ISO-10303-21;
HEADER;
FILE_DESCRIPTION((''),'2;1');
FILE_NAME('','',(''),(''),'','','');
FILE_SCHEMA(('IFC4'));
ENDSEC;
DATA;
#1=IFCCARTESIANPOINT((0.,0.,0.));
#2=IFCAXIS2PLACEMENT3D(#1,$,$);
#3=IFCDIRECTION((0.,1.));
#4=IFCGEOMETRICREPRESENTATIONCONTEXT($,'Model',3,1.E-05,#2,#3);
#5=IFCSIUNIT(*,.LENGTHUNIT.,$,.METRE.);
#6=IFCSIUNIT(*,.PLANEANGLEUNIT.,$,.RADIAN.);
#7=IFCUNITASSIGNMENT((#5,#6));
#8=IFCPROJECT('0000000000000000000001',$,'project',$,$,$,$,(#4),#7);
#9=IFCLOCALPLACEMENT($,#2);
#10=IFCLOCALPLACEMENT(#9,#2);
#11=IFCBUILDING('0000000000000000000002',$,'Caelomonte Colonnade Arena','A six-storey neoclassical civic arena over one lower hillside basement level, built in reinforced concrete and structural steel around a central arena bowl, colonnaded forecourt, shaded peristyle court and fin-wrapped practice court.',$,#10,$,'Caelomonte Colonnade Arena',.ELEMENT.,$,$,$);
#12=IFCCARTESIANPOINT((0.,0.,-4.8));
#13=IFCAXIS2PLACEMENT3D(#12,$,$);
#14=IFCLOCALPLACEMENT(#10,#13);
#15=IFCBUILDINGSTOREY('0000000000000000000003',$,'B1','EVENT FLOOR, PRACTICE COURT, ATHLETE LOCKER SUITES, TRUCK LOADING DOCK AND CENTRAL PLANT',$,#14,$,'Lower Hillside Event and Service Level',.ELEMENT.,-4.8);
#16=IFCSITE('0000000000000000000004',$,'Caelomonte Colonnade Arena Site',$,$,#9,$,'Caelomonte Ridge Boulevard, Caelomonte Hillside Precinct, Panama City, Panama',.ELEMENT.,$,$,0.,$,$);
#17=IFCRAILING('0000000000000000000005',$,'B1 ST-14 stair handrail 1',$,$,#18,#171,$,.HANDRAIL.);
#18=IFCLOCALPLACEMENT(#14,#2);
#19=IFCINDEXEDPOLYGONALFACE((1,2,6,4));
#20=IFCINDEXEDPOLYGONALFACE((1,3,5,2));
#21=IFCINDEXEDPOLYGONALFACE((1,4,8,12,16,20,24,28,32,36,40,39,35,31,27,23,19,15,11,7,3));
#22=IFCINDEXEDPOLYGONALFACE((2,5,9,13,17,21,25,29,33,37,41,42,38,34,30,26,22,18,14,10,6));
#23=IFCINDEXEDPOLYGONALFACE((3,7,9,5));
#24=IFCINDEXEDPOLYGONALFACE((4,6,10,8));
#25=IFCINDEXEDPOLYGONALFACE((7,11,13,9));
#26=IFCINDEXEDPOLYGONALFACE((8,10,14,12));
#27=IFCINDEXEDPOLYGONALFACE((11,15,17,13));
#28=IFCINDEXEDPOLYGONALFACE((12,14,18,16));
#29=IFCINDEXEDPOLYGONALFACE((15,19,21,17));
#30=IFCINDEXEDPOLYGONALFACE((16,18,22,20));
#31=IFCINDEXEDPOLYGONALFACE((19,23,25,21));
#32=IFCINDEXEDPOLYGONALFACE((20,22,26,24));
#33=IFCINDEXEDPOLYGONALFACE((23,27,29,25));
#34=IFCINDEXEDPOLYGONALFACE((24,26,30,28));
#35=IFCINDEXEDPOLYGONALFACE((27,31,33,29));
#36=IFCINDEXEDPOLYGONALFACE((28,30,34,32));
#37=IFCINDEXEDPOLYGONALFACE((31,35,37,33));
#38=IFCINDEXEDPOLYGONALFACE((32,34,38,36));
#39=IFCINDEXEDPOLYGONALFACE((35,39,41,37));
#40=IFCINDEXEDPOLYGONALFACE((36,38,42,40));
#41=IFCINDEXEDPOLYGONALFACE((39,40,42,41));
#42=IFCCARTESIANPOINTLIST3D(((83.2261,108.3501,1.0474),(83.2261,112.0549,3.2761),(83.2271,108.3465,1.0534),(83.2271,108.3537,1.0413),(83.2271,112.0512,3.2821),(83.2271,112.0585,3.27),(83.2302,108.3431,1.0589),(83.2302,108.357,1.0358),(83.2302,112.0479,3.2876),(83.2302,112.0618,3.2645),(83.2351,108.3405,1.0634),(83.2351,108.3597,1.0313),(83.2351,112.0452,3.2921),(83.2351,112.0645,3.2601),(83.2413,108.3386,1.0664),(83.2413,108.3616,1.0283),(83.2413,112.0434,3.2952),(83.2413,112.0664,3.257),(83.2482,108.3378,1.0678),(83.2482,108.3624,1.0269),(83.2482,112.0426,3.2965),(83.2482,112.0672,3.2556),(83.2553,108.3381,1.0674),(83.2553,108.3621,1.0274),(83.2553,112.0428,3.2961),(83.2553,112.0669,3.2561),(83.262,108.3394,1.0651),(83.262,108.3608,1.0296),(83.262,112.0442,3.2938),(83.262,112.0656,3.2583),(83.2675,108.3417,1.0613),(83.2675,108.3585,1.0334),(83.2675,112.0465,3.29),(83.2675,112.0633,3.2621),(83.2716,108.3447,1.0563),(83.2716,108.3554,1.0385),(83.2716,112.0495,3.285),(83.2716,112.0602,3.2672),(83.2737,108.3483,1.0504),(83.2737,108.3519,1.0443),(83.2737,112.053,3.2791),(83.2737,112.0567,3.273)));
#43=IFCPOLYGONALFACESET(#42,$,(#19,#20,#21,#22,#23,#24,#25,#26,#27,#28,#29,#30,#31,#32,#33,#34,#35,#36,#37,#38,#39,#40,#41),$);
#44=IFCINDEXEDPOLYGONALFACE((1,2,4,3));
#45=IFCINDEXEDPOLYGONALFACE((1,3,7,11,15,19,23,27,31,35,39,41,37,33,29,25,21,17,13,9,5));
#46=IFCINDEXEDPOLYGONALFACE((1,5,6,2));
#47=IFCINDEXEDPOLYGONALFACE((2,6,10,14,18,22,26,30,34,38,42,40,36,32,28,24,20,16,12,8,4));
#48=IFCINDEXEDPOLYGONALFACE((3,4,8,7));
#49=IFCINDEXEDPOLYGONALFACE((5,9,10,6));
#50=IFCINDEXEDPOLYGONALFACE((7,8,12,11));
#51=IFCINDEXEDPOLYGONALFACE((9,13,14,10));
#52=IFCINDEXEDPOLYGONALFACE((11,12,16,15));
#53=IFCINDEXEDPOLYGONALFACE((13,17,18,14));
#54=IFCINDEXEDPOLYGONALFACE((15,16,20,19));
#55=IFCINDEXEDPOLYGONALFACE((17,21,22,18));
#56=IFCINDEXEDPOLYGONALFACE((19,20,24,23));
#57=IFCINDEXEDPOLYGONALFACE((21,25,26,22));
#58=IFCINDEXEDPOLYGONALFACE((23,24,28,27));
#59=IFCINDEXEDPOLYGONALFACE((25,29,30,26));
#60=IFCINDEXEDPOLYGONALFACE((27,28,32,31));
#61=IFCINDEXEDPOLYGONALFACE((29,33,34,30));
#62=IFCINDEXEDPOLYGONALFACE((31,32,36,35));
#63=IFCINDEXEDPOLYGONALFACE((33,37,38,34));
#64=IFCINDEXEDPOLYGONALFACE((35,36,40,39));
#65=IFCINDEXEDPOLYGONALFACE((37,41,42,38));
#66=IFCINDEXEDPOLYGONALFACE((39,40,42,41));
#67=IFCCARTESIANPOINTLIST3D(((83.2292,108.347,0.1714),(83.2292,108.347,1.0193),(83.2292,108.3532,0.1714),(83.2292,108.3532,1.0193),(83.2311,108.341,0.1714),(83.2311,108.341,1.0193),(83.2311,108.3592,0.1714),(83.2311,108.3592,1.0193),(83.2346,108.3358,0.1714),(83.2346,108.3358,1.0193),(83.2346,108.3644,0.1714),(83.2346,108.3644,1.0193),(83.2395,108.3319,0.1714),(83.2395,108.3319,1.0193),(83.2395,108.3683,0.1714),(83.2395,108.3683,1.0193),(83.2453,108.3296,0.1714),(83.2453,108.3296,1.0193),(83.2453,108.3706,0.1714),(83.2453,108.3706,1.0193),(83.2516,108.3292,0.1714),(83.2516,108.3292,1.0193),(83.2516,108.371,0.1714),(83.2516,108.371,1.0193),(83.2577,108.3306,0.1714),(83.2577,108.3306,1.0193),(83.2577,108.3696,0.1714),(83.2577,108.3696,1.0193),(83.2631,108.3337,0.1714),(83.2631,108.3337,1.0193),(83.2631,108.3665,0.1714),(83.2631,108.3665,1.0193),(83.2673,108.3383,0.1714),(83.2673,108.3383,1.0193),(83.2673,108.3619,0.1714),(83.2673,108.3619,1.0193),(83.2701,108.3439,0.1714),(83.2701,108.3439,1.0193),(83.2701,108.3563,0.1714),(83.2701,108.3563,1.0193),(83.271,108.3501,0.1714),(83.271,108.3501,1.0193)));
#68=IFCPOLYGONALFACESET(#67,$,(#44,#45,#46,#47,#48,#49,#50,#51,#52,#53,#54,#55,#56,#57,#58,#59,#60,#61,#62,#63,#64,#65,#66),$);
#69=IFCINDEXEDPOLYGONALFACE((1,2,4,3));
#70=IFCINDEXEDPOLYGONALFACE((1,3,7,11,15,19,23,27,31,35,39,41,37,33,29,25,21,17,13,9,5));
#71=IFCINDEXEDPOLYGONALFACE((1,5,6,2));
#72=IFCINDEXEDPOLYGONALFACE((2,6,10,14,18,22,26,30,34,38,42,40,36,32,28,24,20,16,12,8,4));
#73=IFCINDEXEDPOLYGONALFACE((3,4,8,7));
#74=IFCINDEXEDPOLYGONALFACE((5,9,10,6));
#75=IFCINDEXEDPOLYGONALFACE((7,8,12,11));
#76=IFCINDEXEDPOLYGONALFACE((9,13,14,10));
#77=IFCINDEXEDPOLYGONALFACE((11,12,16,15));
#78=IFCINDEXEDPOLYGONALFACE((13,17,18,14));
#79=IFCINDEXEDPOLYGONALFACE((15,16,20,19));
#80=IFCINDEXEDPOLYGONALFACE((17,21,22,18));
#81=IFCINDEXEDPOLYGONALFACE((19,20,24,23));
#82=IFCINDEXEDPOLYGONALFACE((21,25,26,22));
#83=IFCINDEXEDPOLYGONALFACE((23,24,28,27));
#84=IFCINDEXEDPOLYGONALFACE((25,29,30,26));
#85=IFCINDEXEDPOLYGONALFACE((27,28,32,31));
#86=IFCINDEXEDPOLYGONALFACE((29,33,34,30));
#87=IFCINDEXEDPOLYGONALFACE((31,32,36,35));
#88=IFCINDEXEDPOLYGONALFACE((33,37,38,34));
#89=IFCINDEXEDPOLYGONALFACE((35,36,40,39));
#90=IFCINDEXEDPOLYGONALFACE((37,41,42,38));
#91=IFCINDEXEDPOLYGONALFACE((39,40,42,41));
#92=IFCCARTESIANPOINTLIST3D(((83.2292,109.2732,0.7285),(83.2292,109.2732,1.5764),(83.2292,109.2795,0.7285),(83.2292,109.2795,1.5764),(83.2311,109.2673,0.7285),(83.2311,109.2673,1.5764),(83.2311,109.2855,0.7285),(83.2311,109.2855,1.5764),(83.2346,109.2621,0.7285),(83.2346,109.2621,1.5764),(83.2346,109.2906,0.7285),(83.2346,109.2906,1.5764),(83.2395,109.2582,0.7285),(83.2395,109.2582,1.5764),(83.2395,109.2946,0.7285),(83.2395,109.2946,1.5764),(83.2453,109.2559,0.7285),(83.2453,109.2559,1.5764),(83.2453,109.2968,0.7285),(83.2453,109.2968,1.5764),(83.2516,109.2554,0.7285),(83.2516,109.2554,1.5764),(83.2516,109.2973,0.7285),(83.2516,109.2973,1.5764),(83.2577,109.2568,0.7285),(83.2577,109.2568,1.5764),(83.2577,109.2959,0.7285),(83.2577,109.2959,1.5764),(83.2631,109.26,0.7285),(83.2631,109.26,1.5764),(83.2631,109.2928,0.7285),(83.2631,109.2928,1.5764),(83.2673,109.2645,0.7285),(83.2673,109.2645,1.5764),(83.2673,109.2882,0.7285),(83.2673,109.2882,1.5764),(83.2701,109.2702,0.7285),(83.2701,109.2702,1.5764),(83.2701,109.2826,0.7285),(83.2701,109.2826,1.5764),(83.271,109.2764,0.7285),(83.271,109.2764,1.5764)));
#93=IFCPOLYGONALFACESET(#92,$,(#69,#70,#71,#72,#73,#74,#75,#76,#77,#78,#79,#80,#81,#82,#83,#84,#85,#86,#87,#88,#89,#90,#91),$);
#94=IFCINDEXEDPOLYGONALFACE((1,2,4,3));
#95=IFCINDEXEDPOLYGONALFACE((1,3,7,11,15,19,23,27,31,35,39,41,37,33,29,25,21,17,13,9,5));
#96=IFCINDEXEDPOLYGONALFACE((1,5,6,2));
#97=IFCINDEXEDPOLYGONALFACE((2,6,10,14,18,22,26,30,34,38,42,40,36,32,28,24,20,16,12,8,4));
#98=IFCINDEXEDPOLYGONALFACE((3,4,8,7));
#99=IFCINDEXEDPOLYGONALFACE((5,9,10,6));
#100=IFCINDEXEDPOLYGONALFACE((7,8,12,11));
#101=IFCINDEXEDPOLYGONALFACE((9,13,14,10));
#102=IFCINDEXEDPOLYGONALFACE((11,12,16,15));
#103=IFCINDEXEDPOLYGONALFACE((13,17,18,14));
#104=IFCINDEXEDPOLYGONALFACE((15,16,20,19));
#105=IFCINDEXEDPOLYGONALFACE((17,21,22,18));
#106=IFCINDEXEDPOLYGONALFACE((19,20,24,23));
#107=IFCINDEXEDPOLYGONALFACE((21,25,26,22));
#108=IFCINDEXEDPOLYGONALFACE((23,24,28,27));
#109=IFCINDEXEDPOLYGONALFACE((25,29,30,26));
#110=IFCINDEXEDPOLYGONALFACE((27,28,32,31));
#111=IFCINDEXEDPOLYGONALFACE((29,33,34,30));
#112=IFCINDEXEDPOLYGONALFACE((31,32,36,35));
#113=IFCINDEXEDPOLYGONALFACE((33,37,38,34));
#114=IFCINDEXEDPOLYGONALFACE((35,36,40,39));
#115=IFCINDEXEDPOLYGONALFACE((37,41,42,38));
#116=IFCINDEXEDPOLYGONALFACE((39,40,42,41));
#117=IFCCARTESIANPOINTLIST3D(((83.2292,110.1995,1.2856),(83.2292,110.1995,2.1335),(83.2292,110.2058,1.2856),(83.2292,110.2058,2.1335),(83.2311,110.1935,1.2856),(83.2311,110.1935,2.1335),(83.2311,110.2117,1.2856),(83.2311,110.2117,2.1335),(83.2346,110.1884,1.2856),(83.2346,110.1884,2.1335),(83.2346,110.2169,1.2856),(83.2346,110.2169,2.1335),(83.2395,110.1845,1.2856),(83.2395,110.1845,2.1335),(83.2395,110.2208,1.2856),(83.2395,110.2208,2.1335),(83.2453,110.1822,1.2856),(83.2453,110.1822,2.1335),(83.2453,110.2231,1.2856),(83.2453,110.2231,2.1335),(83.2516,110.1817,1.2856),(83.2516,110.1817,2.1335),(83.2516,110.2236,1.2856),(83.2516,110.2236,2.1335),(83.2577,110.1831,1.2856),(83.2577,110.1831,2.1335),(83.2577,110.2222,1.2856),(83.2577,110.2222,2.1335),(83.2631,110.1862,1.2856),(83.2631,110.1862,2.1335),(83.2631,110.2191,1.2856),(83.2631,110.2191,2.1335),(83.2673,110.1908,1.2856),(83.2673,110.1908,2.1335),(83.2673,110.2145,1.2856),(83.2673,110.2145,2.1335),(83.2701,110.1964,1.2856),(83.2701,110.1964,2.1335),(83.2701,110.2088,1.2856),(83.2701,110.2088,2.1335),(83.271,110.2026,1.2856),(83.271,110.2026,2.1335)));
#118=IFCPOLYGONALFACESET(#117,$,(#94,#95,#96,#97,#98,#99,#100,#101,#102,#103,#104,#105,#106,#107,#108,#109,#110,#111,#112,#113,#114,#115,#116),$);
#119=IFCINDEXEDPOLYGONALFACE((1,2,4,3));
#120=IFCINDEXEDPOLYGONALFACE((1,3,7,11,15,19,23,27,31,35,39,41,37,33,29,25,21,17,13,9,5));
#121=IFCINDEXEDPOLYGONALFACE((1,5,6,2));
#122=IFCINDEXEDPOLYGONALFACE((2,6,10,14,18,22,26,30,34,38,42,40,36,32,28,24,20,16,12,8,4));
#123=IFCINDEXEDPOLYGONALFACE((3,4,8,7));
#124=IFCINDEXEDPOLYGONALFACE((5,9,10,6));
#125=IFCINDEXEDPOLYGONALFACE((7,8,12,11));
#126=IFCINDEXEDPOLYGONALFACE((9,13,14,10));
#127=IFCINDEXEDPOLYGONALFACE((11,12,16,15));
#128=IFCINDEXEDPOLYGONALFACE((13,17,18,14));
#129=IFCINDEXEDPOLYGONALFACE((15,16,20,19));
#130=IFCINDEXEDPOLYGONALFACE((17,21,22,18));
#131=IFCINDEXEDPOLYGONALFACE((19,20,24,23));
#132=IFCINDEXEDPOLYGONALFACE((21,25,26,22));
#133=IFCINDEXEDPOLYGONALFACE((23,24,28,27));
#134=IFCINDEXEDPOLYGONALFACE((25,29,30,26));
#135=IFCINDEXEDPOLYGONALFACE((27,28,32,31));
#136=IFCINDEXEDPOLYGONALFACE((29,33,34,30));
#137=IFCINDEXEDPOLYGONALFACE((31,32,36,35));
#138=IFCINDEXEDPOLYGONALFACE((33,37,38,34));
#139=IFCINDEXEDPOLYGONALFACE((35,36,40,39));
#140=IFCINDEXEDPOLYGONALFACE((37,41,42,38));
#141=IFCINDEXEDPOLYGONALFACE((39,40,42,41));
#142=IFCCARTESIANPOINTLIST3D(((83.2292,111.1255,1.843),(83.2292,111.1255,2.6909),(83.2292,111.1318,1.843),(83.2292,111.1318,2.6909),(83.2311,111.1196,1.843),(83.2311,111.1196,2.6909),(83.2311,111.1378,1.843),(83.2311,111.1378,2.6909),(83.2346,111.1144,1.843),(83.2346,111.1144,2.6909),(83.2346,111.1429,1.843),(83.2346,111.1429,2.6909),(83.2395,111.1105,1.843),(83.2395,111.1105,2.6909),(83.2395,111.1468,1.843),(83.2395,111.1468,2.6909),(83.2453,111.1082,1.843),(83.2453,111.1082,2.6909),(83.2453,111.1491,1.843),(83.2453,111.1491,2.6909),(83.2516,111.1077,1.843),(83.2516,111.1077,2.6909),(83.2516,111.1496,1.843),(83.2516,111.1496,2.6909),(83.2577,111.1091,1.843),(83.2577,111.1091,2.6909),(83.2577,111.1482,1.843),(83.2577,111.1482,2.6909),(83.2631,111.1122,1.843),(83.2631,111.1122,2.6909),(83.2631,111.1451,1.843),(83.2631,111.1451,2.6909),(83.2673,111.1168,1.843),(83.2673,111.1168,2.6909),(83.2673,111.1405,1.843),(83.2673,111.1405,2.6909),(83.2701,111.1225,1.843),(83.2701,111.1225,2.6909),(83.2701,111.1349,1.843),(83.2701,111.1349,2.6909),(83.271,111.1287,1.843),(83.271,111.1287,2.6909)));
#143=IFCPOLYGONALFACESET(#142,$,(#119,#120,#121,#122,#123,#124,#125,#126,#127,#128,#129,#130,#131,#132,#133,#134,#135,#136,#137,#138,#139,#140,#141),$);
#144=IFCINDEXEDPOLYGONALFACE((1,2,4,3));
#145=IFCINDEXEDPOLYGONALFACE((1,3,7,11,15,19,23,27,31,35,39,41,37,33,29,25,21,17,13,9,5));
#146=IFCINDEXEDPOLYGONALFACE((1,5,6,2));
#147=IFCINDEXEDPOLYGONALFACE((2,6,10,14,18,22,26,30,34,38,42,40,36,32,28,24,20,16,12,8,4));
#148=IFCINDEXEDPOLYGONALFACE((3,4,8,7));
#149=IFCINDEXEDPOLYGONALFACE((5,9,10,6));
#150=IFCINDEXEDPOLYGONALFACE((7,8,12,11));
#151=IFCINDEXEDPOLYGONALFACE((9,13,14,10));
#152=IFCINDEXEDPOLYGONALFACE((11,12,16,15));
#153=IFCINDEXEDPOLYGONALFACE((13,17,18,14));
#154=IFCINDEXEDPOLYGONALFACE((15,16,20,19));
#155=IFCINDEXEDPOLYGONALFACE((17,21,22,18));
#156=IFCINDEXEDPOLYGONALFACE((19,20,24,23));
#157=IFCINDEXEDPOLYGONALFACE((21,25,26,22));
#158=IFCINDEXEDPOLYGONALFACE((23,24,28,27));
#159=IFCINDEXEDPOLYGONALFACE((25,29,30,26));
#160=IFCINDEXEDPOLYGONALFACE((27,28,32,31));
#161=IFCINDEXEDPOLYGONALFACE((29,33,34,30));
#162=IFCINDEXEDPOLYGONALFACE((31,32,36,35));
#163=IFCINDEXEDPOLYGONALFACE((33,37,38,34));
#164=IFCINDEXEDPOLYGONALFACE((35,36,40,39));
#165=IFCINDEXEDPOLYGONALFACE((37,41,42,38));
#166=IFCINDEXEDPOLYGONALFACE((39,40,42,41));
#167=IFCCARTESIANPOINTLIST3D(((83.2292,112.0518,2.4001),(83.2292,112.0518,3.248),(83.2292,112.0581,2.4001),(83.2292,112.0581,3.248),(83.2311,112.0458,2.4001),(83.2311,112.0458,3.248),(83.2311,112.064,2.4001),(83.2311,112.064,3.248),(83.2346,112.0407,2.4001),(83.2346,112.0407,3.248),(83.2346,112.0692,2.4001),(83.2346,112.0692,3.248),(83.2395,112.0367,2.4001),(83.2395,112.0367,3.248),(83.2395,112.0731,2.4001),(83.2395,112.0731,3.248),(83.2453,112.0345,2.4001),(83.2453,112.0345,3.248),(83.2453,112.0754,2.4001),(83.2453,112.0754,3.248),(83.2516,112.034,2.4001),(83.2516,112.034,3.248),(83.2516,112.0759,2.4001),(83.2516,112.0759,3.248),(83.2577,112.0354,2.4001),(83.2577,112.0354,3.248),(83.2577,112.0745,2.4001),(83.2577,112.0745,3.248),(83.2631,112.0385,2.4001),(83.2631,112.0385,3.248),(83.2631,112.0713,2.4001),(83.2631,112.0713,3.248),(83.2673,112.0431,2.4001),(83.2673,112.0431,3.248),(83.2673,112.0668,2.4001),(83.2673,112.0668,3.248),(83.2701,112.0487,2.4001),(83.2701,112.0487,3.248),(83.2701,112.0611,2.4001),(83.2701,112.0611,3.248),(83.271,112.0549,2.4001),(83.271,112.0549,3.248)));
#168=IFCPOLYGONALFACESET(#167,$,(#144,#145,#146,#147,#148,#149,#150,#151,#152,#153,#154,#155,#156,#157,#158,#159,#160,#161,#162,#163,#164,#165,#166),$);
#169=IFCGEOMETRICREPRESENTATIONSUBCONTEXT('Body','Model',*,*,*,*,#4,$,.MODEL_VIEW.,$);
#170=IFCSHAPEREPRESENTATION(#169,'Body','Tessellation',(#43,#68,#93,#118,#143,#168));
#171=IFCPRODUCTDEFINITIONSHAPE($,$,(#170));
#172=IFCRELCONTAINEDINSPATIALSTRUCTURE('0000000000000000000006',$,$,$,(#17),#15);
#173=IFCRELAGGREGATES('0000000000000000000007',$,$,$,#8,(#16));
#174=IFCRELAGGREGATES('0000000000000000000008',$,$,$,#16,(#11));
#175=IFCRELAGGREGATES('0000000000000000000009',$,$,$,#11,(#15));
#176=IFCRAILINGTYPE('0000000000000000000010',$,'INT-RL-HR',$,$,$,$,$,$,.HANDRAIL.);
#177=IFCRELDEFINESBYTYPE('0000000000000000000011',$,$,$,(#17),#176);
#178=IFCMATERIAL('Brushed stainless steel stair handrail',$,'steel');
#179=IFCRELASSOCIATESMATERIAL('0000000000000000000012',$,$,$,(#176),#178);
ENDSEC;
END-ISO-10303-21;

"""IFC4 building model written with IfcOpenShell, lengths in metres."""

from ifc_helpers import new_model, si_unit, direction, frame, origin, origin_2d, place, context, subcontext, project, spatial, circle, extrude, material, type_object, element, save


model = new_model("IFC4")

# Units and contexts
model_context = context("Model", 3, precision=1e-05, world=origin(), true_north=direction((0.0, 1.0)))
body_context = subcontext(model_context, "Body", "Model", "MODEL_VIEW")
ifc_project = project(units=[si_unit("LENGTHUNIT", "METRE"), si_unit("PLANEANGLEUNIT", "RADIAN")], contexts=[model_context])

# Site, building, storey
site_placement = place(None, origin())
site = spatial("IfcSite", under=ifc_project, at=site_placement, Name="Caelomonte Colonnade Arena Site", LongName="Caelomonte Ridge Boulevard, Caelomonte Hillside Precinct, Panama City, Panama", CompositionType="ELEMENT", RefElevation=0.0)
building_placement = place(site_placement, origin())
building = spatial("IfcBuilding", under=site, at=building_placement, Name="Caelomonte Colonnade Arena", Description="A six-storey neoclassical civic arena over one lower hillside basement level, built in reinforced concrete and structural steel around a central arena bowl, colonnaded forecourt, shaded peristyle court and fin-wrapped practice court.", LongName="Caelomonte Colonnade Arena", CompositionType="ELEMENT")
storey_placement = place(building_placement, frame((0.0, 0.0, -4.8)))
storey = spatial("IfcBuildingStorey", under=building, at=storey_placement, Name="B1", Description="EVENT FLOOR, PRACTICE COURT, ATHLETE LOCKER SUITES, TRUCK LOADING DOCK AND CENTRAL PLANT", LongName="Lower Hillside Event and Service Level", CompositionType="ELEMENT", Elevation=-4.8)

# Railing
ifc_material_1 = material(Name="Brushed stainless steel stair handrail", Category="steel")
railing_type_1 = type_object("IfcRailingType", Name="INT-RL-HR", PredefinedType="HANDRAIL", material=ifc_material_1)
railing_1_placement = place(storey_placement, frame((83.25, 108.3501, 0.1714)))
element("IfcRailing", 1, at=railing_1_placement, inside=storey, type_object=railing_type_1, Name="B1 ST-14 stair handrail 1", PredefinedType="HANDRAIL", context=body_context, shape_type="SweptSolid", body=[
    extrude(circle(Radius=0.0239, at=origin_2d()), frame((0.0, 0.0, 0.876), z_axis=(0.0, 0.856894, 0.515492), x_axis=(-1.0, 0.0, 0.0)), (0.0, 0.0, 1.0), 4.3235),
    extrude(circle(Radius=0.021, at=origin_2d()), origin(), (0.0, 0.0, 1.0), 0.8479),
    extrude(circle(Radius=0.021, at=origin_2d()), frame((0.0, 0.9263, 0.5571)), (0.0, 0.0, 1.0), 0.8479),
    extrude(circle(Radius=0.021, at=origin_2d()), frame((0.0, 1.8525, 1.1143)), (0.0, 0.0, 1.0), 0.8479),
    extrude(circle(Radius=0.021, at=origin_2d()), frame((0.0, 2.7786, 1.6716)), (0.0, 0.0, 1.0), 0.8479),
    extrude(circle(Radius=0.021, at=origin_2d()), frame((0.0, 3.7048, 2.2288)), (0.0, 0.0, 1.0), 0.8479),
])

save(model, "model.ifc")
